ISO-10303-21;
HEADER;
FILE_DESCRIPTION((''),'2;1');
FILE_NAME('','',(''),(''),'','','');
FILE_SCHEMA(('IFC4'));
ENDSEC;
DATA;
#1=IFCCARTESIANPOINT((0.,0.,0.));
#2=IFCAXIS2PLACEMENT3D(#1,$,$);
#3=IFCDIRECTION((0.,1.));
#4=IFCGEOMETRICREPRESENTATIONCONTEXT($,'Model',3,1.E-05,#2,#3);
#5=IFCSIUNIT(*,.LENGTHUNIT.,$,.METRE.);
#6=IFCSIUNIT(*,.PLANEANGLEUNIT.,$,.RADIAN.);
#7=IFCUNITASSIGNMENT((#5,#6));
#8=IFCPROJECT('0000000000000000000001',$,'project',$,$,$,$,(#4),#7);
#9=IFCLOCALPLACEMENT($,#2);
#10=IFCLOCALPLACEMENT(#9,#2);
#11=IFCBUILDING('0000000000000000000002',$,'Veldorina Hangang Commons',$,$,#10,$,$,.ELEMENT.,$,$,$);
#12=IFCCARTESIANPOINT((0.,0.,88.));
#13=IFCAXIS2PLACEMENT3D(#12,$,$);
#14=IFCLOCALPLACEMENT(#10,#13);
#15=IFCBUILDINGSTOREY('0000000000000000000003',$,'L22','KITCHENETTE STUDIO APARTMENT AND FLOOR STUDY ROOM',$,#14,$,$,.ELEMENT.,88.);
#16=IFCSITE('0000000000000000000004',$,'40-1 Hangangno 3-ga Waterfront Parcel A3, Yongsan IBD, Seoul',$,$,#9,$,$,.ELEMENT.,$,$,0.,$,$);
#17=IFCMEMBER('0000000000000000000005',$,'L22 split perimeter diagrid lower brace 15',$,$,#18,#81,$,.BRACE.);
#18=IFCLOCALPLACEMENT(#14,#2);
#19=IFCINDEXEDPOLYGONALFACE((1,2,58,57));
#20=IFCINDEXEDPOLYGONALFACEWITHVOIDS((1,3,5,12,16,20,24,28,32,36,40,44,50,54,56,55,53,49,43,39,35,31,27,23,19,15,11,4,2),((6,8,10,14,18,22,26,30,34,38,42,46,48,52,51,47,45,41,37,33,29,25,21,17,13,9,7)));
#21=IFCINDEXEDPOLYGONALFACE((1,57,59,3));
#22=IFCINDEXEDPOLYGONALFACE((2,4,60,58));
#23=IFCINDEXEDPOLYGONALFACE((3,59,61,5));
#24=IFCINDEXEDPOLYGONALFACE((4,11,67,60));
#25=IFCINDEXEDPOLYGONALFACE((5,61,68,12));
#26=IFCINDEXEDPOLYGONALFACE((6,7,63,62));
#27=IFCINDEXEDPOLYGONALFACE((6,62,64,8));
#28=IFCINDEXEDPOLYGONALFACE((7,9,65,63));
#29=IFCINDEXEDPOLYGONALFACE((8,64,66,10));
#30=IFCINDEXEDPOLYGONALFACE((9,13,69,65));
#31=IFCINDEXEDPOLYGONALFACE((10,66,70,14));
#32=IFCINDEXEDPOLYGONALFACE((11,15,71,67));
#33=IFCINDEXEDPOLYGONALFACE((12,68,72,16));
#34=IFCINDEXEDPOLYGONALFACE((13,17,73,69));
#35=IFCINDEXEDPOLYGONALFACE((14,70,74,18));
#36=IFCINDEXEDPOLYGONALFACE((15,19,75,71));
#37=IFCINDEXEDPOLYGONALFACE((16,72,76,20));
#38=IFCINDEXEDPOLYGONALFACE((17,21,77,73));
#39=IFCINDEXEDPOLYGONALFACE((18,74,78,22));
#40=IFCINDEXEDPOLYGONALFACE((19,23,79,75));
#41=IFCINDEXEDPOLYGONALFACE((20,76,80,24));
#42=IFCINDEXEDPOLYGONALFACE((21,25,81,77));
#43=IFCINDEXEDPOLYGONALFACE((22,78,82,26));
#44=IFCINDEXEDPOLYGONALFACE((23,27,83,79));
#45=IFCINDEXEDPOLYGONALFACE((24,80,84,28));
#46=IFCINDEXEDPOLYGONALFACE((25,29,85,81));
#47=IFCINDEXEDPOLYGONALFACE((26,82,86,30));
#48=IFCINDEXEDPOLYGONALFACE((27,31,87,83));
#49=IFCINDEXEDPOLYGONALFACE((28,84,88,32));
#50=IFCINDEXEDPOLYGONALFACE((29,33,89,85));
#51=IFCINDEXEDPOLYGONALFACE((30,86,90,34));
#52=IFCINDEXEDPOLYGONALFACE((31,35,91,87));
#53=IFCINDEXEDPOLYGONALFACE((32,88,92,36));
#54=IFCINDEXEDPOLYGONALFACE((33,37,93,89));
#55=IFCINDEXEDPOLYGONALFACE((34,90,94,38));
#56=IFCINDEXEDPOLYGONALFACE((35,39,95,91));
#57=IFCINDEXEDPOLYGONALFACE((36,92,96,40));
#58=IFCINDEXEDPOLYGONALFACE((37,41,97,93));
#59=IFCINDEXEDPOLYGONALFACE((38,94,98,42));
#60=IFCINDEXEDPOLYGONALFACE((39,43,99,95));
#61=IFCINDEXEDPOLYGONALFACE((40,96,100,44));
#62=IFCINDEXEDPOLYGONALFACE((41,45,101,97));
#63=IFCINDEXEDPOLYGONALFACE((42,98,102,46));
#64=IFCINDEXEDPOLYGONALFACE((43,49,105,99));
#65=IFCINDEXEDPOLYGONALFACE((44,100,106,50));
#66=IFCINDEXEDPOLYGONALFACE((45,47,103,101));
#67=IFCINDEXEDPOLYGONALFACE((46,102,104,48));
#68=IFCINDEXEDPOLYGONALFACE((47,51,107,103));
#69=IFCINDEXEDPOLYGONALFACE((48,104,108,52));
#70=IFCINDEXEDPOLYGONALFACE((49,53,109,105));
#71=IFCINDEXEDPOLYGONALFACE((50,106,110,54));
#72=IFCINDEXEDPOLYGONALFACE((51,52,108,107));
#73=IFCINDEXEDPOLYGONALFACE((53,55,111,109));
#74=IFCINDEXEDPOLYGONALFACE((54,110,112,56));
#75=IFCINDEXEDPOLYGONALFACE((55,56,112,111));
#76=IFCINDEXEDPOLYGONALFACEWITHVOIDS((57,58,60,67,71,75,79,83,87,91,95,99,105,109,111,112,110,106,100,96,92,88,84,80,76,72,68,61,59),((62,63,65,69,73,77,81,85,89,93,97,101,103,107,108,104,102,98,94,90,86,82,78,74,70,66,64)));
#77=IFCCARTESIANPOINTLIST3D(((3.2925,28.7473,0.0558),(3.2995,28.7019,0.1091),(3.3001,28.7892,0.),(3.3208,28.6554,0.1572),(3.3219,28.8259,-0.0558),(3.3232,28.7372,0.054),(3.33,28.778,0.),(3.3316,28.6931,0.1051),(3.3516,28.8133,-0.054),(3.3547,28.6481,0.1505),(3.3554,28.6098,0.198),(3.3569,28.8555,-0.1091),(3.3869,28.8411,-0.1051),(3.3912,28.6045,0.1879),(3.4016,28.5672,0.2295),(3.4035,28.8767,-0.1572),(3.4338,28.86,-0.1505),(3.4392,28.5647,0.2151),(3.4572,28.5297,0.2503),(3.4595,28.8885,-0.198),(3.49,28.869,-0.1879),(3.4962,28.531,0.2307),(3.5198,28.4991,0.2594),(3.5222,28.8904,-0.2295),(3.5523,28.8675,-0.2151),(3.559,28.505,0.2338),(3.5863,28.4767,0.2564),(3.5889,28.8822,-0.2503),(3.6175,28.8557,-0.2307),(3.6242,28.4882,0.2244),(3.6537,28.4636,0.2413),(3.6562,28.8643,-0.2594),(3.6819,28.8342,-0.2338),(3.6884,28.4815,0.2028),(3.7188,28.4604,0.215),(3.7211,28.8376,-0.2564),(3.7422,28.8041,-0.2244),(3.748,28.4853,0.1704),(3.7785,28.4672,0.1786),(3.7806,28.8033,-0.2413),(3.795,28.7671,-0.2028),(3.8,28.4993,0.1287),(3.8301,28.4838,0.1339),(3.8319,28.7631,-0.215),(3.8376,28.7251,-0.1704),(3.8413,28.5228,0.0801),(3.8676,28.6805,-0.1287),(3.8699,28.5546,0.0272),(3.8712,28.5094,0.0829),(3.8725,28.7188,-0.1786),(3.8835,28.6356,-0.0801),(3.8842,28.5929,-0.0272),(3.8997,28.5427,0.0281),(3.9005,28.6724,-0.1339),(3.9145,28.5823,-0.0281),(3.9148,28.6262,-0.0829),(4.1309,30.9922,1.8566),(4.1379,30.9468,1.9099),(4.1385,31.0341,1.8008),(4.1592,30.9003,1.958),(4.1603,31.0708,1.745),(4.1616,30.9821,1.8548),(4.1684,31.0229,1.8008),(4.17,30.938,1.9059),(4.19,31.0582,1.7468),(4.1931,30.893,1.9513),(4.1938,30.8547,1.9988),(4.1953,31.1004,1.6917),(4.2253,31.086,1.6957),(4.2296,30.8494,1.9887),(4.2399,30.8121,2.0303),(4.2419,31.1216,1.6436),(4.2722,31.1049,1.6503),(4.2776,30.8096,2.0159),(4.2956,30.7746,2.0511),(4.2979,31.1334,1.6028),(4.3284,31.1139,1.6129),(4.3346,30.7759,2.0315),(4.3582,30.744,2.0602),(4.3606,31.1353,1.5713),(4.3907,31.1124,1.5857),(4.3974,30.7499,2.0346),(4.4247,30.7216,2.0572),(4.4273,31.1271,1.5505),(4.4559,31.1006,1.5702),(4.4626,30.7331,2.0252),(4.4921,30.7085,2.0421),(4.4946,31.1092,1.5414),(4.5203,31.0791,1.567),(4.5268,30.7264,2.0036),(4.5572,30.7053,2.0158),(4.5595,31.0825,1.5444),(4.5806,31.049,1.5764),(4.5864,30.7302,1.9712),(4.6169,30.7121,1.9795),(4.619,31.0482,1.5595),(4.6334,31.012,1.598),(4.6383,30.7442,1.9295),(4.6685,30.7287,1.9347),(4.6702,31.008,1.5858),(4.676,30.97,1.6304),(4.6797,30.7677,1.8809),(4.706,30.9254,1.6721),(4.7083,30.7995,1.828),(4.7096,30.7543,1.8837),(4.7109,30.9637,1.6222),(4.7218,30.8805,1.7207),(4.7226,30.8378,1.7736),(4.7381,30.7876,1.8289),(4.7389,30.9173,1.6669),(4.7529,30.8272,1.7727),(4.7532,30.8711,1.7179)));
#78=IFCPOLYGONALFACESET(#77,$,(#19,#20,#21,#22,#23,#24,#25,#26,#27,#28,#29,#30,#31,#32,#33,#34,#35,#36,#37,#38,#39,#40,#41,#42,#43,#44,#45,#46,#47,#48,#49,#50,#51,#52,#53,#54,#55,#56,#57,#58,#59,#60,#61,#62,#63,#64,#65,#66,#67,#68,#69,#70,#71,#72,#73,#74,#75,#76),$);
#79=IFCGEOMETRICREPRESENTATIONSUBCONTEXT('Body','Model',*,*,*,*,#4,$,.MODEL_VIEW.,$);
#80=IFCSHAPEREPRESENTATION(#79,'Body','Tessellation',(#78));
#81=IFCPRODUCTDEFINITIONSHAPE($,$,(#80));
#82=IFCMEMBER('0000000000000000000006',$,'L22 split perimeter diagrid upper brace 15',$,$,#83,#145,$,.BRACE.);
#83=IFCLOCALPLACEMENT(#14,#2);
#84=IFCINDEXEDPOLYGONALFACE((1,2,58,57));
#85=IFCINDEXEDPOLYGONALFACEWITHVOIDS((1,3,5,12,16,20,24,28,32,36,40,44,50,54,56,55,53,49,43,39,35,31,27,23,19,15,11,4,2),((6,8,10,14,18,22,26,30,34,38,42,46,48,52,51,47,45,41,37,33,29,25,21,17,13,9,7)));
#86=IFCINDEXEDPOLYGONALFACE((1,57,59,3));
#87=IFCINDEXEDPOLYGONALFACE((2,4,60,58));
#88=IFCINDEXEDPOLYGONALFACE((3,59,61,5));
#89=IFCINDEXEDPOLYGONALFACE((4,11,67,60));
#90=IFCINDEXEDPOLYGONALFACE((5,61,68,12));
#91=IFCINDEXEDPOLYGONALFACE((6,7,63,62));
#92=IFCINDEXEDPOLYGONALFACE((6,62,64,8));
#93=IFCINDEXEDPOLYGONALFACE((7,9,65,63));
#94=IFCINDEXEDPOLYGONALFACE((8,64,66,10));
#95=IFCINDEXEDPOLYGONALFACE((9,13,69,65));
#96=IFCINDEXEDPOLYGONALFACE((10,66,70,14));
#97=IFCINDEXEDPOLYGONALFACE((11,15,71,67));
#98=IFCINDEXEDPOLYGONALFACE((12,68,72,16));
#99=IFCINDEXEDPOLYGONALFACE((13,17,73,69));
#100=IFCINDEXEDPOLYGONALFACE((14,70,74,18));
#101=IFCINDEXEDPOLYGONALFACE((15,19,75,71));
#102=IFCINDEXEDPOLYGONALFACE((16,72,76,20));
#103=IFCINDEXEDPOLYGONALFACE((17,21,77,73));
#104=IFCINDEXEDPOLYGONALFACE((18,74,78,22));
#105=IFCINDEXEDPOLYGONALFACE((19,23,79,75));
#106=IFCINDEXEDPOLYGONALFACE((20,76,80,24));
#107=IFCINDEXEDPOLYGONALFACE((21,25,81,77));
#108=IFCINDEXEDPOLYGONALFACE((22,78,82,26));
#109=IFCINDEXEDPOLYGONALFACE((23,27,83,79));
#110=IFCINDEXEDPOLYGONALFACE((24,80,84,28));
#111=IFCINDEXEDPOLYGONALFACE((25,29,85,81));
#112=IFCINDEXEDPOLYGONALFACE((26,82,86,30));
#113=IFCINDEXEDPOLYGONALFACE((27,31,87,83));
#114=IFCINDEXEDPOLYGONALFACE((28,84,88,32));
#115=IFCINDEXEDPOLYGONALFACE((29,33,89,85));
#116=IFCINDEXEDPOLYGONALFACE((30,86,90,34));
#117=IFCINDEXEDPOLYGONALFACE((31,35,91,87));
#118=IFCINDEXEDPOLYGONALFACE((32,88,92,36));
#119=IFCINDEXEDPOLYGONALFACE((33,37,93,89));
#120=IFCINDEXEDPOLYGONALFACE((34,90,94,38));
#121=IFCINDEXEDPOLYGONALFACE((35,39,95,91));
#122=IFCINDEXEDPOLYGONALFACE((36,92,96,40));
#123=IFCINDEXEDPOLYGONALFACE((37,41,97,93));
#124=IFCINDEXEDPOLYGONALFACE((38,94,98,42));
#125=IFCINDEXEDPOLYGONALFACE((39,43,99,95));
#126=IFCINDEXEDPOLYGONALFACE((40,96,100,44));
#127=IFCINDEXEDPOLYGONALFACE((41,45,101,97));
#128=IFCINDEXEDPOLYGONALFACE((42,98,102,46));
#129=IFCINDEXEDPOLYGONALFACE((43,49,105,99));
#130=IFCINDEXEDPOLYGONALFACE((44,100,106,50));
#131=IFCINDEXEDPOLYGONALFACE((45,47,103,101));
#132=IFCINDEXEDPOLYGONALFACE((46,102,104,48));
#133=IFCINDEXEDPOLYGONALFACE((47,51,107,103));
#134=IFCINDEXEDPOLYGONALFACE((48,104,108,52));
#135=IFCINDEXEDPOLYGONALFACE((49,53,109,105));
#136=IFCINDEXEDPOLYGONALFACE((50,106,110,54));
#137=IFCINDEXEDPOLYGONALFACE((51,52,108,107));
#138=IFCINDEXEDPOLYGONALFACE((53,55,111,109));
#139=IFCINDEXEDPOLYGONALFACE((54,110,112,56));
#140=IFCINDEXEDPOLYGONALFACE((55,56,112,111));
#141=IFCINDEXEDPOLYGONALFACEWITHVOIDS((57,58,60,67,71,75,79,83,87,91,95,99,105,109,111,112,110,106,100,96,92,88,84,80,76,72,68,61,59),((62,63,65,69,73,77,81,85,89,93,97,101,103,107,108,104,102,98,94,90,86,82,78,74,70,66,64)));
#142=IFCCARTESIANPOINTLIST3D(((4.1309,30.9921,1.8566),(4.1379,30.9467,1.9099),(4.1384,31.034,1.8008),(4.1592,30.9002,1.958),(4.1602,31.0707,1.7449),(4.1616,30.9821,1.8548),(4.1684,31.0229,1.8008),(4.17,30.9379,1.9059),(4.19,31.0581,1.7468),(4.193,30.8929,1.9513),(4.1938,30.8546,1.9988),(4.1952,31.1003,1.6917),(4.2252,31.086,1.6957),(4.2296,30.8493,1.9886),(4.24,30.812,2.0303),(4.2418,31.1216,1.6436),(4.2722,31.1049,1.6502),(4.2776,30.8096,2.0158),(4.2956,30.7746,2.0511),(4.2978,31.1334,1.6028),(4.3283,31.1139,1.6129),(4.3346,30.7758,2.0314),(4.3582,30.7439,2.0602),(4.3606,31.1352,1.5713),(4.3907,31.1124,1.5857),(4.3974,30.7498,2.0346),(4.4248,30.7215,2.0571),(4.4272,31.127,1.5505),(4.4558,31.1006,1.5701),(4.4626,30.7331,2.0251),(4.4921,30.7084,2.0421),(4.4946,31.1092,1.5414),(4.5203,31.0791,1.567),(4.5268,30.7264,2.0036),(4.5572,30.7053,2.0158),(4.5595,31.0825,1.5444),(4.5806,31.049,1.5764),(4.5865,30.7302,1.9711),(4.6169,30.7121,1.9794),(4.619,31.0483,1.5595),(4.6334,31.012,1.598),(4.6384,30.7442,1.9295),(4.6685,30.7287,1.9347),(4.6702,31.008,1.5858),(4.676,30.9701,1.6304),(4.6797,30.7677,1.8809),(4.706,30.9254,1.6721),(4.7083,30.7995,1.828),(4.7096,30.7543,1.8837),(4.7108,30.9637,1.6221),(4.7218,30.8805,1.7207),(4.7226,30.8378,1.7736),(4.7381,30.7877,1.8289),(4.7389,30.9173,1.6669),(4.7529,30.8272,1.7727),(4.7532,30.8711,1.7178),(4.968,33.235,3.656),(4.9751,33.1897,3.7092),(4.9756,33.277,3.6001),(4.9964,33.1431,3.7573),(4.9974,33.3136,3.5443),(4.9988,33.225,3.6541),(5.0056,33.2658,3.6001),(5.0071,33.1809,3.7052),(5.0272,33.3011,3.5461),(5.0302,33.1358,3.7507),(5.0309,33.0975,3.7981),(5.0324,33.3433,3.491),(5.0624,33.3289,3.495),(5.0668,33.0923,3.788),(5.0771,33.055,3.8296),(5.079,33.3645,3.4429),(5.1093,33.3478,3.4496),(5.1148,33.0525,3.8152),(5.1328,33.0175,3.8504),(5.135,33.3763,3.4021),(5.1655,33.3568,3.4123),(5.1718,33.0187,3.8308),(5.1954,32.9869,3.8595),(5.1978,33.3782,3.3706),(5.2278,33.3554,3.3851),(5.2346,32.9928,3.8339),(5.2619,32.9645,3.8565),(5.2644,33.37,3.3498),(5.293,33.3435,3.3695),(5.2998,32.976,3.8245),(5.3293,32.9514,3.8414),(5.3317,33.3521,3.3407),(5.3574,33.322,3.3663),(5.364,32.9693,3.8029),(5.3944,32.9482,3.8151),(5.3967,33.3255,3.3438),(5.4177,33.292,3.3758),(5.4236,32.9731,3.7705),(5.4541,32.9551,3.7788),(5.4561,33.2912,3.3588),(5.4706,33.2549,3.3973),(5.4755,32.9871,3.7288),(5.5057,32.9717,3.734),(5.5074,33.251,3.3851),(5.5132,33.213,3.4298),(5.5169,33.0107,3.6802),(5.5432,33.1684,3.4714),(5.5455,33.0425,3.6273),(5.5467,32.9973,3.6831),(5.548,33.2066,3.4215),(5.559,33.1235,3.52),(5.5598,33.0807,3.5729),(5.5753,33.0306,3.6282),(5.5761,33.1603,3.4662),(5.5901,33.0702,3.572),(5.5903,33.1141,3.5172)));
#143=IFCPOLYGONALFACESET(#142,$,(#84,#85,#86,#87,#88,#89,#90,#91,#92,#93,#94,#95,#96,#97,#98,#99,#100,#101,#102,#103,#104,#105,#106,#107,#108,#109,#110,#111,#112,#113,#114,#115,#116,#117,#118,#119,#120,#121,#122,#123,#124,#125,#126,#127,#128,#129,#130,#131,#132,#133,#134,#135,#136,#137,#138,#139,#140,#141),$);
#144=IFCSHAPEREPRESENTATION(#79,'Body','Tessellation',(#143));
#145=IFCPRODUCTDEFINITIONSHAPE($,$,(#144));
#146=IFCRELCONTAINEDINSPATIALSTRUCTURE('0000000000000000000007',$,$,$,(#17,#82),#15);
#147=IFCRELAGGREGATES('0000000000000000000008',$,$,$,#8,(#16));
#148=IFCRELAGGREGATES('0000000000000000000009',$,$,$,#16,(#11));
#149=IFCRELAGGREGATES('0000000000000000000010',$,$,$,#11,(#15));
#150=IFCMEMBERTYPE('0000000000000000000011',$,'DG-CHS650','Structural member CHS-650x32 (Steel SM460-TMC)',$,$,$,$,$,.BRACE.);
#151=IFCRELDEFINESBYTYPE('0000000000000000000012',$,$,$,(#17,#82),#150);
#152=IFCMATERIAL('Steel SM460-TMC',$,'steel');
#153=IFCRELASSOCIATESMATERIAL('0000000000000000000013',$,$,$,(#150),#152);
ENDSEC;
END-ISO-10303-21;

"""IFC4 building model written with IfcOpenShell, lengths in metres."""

from ifc_helpers import new_model, si_unit, direction, frame, origin, origin_2d, place, context, subcontext, project, spatial, hollow_circle, extrude, material, material_profile, profile_set, type_object, element, save


model = new_model("IFC4")

# Units and contexts
model_context = context("Model", 3, precision=1e-05, world=origin(), true_north=direction((0.0, 1.0)))
body_context = subcontext(model_context, "Body", "Model", "MODEL_VIEW")
ifc_project = project(units=[si_unit("LENGTHUNIT", "METRE"), si_unit("PLANEANGLEUNIT", "RADIAN")], contexts=[model_context])

# Site, building, storey
site_placement = place(None, origin())
site = spatial("IfcSite", under=ifc_project, at=site_placement, Name="40-1 Hangangno 3-ga Waterfront Parcel A3, Yongsan IBD, Seoul", CompositionType="ELEMENT", RefElevation=0.0)
building_placement = place(site_placement, origin())
building = spatial("IfcBuilding", under=site, at=building_placement, Name="Veldorina Hangang Commons", CompositionType="ELEMENT")
storey_placement = place(building_placement, frame((0.0, 0.0, 88.0)))
storey = spatial("IfcBuildingStorey", under=building, at=storey_placement, Name="L22", Description="KITCHENETTE STUDIO APARTMENT AND FLOOR STUDY ROOM", CompositionType="ELEMENT", Elevation=88.0)

# Members
ifc_material_1 = material(Name="Steel SM460-TMC", Category="steel")
ifc_material_profile_1 = material_profile(ifc_material_1, hollow_circle(Radius=0.325, WallThickness=0.032, at=origin_2d()), Name="CHS-650x32")
ifc_profile_set_1 = profile_set([ifc_material_profile_1], Name="Steel SM460-TMC")
member_type = type_object("IfcMemberType", Name="DG-CHS650", Description="Structural member CHS-650x32 (Steel SM460-TMC)", PredefinedType="BRACE", material=ifc_profile_set_1)
member_1_placement = place(storey_placement, frame((3.6045, 28.6755, 0.0), z_axis=(0.279691, 0.748909, 0.600756), x_axis=(-0.936801, 0.349861, 0.0)))
element("IfcMember", 1, at=member_1_placement, inside=storey, type_object=member_type, Name="L22 split perimeter diagrid lower brace 15", PredefinedType="BRACE", context=body_context, shape_type="SweptSolid", body=[
    extrude(hollow_circle(Radius=0.325, WallThickness=0.032, at=origin_2d()), origin(), (0.0, 0.0, 1.0), 2.9976),
])
member_2_placement = place(storey_placement, frame((4.4429, 30.9204, 1.8008), z_axis=(0.279534, 0.748928, 0.600806), x_axis=(-0.936869, 0.349681, 0.0)))
element("IfcMember", 2, at=member_2_placement, inside=storey, type_object=member_type, Name="L22 split perimeter diagrid upper brace 15", PredefinedType="BRACE", context=body_context, shape_type="SweptSolid", body=[
    extrude(hollow_circle(Radius=0.325, WallThickness=0.032, at=origin_2d()), origin(), (0.0, 0.0, 1.0), 2.9949),
])

save(model, "model.ifc")
